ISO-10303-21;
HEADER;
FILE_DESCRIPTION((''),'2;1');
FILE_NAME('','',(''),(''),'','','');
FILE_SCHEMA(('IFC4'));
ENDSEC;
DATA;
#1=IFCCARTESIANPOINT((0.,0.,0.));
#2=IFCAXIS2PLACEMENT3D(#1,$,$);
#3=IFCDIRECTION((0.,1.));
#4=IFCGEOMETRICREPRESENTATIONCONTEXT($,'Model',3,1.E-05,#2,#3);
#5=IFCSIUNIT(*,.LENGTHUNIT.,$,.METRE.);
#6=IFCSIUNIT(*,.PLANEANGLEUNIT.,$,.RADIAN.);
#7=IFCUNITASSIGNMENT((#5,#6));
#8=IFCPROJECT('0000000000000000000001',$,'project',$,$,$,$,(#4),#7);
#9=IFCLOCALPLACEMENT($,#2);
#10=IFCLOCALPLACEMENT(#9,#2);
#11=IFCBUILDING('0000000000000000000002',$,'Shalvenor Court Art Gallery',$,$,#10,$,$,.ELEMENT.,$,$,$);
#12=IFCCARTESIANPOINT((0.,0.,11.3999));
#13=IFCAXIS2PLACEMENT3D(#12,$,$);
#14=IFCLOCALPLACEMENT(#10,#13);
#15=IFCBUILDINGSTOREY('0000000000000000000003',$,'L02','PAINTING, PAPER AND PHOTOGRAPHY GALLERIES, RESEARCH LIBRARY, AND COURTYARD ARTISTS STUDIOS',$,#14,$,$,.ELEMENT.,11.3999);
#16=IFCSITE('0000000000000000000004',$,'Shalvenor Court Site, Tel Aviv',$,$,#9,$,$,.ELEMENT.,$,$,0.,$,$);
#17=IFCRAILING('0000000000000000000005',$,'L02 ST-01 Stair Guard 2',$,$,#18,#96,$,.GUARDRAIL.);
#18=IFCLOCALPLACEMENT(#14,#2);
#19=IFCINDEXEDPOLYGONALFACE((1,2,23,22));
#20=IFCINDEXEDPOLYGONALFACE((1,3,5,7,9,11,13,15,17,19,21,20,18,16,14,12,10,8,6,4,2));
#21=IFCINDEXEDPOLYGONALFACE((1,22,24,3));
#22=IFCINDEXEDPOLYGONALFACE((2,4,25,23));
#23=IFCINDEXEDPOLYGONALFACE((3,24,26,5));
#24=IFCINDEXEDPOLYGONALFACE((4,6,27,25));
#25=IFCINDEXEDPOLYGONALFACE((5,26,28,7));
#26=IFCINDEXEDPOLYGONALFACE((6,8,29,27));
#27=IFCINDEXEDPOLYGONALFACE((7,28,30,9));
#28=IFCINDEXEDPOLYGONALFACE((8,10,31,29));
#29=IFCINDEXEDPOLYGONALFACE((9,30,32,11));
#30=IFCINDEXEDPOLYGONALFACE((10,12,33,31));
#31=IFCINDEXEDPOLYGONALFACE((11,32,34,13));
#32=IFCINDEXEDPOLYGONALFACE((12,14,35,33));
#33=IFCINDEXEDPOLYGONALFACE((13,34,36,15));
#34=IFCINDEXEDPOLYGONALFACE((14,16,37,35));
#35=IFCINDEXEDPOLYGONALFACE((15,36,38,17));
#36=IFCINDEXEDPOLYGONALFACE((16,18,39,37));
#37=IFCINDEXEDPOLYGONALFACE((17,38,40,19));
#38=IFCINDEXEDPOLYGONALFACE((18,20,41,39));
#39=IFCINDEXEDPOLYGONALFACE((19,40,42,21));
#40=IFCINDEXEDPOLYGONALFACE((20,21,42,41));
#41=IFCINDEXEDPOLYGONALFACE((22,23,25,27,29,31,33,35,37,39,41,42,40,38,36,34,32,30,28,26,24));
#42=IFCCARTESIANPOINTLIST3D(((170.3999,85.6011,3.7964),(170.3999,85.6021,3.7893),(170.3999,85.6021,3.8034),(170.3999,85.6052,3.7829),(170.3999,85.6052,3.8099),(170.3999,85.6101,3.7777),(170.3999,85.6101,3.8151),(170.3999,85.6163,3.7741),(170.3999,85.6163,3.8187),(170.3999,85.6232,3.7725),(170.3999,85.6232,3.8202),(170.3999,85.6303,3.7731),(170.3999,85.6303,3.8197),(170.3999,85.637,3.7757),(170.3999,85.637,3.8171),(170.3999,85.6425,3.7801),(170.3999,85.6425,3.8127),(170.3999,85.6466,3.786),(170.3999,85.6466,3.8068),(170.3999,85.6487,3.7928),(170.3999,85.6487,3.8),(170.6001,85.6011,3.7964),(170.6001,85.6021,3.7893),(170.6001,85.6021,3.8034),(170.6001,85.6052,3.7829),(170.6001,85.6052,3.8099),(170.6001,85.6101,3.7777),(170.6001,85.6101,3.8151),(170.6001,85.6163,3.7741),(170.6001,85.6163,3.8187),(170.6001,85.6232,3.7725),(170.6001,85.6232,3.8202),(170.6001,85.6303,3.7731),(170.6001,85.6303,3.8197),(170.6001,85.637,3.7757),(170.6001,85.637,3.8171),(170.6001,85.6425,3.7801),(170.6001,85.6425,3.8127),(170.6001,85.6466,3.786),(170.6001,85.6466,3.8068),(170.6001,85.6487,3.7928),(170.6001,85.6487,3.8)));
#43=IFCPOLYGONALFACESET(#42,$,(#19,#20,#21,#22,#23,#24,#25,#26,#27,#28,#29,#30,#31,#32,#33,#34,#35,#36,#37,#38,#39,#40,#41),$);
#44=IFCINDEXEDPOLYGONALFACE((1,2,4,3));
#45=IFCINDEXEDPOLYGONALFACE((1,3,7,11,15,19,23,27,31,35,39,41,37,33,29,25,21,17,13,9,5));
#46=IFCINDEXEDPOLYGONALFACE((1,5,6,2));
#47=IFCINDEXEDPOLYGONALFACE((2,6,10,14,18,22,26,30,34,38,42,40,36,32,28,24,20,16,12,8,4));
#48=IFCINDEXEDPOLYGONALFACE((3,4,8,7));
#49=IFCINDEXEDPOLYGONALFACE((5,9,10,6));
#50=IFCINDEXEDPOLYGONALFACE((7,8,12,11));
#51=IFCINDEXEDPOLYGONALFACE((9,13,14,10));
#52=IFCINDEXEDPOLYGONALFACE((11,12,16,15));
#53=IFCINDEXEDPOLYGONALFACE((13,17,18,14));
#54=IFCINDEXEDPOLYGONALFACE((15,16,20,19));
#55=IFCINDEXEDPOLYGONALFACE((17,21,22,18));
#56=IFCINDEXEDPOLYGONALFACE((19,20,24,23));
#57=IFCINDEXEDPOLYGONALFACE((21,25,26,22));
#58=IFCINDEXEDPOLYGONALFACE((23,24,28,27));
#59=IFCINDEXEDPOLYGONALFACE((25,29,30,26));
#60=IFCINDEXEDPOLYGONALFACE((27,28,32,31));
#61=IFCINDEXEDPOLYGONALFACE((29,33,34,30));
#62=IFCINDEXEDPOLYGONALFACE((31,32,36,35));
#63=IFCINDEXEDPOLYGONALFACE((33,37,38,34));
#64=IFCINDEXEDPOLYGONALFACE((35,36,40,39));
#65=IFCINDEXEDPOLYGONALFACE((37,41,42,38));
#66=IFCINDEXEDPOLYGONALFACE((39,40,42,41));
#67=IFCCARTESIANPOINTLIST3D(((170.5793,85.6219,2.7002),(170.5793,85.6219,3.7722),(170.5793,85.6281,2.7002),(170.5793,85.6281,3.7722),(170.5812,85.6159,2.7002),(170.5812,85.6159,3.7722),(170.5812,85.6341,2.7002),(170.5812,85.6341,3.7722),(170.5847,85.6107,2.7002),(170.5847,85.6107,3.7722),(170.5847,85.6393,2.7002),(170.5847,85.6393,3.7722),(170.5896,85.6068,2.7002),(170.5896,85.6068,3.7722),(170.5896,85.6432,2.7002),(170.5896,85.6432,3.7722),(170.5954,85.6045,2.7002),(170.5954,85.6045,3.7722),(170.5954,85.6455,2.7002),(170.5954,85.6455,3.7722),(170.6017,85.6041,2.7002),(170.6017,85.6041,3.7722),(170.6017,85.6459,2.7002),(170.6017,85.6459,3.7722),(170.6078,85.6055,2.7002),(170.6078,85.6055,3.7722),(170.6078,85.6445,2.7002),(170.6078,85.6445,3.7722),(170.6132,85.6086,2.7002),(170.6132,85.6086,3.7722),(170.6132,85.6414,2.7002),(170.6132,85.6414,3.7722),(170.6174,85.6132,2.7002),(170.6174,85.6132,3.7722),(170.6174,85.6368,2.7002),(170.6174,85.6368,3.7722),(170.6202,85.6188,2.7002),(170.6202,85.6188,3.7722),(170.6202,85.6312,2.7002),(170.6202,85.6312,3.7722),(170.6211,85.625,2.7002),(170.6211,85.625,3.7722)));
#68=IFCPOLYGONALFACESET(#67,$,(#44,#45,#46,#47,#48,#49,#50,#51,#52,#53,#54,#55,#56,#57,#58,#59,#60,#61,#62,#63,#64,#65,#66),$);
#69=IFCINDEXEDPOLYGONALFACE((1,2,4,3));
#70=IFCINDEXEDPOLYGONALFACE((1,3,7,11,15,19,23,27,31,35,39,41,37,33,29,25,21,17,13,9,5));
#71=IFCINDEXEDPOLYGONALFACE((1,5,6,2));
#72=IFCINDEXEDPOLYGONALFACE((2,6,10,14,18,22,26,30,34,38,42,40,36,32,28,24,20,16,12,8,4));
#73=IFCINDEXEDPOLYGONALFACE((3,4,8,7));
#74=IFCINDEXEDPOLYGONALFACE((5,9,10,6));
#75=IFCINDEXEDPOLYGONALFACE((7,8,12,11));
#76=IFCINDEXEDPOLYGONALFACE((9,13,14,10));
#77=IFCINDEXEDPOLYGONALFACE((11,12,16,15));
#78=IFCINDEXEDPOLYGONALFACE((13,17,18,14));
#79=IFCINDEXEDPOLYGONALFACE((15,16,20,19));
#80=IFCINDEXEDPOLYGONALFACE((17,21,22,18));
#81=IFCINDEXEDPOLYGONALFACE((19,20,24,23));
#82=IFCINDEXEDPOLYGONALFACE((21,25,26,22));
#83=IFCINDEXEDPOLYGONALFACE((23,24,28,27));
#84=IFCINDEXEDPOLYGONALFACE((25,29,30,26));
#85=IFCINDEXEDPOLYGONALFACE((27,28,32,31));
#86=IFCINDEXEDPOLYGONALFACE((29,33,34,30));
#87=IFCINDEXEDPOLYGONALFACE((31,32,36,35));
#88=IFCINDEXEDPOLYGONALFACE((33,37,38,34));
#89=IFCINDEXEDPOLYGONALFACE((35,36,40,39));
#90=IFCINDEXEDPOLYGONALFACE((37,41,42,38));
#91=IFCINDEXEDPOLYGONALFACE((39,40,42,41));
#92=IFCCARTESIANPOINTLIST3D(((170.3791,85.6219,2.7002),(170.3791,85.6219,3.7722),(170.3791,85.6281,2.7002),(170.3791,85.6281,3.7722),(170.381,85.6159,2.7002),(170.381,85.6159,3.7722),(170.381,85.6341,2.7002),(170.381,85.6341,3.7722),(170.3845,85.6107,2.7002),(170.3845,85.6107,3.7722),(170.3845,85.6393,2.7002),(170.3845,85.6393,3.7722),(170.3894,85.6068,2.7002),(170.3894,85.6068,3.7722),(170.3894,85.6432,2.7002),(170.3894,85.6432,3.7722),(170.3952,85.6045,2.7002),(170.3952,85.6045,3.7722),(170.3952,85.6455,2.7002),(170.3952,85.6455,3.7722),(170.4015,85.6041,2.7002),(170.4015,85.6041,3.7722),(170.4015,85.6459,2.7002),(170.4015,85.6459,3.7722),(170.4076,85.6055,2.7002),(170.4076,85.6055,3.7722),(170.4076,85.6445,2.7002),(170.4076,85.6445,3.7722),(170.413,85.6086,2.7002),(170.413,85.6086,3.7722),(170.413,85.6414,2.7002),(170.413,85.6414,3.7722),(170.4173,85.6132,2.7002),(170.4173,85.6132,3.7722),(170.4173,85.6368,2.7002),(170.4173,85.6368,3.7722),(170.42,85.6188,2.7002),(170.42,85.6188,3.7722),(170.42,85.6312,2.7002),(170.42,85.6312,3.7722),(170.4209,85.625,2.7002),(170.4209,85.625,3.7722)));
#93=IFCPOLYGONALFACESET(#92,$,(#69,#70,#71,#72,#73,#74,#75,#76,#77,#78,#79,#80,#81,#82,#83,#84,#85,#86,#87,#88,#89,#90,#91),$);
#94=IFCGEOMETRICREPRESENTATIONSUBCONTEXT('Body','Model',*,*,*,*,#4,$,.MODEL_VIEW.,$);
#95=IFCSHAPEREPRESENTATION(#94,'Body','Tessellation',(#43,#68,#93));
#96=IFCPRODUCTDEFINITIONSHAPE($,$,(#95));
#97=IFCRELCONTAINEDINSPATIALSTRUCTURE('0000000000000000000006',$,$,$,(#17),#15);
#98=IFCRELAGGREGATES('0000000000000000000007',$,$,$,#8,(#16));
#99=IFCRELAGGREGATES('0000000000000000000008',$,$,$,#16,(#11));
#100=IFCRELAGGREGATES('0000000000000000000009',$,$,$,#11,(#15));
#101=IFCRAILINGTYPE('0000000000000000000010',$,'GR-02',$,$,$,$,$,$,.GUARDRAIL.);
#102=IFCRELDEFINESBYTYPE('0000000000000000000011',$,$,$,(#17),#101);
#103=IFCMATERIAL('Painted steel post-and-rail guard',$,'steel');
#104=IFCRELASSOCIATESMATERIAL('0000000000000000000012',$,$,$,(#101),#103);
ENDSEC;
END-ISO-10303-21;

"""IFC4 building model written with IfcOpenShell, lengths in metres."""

from ifc_helpers import new_model, si_unit, direction, frame, origin, origin_2d, place, context, subcontext, project, spatial, circle, extrude, material, type_object, element, save


model = new_model("IFC4")

# Units and contexts
model_context = context("Model", 3, precision=1e-05, world=origin(), true_north=direction((0.0, 1.0)))
body_context = subcontext(model_context, "Body", "Model", "MODEL_VIEW")
ifc_project = project(units=[si_unit("LENGTHUNIT", "METRE"), si_unit("PLANEANGLEUNIT", "RADIAN")], contexts=[model_context])

# Site, building, storey
site_placement = place(None, origin())
site = spatial("IfcSite", under=ifc_project, at=site_placement, Name="Shalvenor Court Site, Tel Aviv", CompositionType="ELEMENT", RefElevation=0.0)
building_placement = place(site_placement, origin())
building = spatial("IfcBuilding", under=site, at=building_placement, Name="Shalvenor Court Art Gallery", CompositionType="ELEMENT")
storey_placement = place(building_placement, frame((0.0, 0.0, 11.3999)))
storey = spatial("IfcBuildingStorey", under=building, at=storey_placement, Name="L02", Description="PAINTING, PAPER AND PHOTOGRAPHY GALLERIES, RESEARCH LIBRARY, AND COURTYARD ARTISTS STUDIOS", CompositionType="ELEMENT", Elevation=11.3999)

# Railing
ifc_material_1 = material(Name="Painted steel post-and-rail guard", Category="steel")
railing_type_1 = type_object("IfcRailingType", Name="GR-02", PredefinedType="GUARDRAIL", material=ifc_material_1)
railing_1_placement = place(storey_placement, frame((170.6001, 85.625, 2.7002)))
element("IfcRailing", 1, at=railing_1_placement, inside=storey, type_object=railing_type_1, Name="L02 ST-01 Stair Guard 2", PredefinedType="GUARDRAIL", context=body_context, shape_type="SweptSolid", body=[
    extrude(circle(Radius=0.0239, at=origin_2d()), frame((0.0, 0.0, 1.0962), z_axis=(-1.0, 0.0, 0.0), x_axis=(0.0, -1.0, 0.0)), (0.0, 0.0, 1.0), 0.2002),
    extrude(circle(Radius=0.021, at=origin_2d()), origin(), (0.0, 0.0, 1.0), 1.072),
    extrude(circle(Radius=0.021, at=origin_2d()), frame((-0.2002, 0.0, 0.0)), (0.0, 0.0, 1.0), 1.072),
])

save(model, "model.ifc")
